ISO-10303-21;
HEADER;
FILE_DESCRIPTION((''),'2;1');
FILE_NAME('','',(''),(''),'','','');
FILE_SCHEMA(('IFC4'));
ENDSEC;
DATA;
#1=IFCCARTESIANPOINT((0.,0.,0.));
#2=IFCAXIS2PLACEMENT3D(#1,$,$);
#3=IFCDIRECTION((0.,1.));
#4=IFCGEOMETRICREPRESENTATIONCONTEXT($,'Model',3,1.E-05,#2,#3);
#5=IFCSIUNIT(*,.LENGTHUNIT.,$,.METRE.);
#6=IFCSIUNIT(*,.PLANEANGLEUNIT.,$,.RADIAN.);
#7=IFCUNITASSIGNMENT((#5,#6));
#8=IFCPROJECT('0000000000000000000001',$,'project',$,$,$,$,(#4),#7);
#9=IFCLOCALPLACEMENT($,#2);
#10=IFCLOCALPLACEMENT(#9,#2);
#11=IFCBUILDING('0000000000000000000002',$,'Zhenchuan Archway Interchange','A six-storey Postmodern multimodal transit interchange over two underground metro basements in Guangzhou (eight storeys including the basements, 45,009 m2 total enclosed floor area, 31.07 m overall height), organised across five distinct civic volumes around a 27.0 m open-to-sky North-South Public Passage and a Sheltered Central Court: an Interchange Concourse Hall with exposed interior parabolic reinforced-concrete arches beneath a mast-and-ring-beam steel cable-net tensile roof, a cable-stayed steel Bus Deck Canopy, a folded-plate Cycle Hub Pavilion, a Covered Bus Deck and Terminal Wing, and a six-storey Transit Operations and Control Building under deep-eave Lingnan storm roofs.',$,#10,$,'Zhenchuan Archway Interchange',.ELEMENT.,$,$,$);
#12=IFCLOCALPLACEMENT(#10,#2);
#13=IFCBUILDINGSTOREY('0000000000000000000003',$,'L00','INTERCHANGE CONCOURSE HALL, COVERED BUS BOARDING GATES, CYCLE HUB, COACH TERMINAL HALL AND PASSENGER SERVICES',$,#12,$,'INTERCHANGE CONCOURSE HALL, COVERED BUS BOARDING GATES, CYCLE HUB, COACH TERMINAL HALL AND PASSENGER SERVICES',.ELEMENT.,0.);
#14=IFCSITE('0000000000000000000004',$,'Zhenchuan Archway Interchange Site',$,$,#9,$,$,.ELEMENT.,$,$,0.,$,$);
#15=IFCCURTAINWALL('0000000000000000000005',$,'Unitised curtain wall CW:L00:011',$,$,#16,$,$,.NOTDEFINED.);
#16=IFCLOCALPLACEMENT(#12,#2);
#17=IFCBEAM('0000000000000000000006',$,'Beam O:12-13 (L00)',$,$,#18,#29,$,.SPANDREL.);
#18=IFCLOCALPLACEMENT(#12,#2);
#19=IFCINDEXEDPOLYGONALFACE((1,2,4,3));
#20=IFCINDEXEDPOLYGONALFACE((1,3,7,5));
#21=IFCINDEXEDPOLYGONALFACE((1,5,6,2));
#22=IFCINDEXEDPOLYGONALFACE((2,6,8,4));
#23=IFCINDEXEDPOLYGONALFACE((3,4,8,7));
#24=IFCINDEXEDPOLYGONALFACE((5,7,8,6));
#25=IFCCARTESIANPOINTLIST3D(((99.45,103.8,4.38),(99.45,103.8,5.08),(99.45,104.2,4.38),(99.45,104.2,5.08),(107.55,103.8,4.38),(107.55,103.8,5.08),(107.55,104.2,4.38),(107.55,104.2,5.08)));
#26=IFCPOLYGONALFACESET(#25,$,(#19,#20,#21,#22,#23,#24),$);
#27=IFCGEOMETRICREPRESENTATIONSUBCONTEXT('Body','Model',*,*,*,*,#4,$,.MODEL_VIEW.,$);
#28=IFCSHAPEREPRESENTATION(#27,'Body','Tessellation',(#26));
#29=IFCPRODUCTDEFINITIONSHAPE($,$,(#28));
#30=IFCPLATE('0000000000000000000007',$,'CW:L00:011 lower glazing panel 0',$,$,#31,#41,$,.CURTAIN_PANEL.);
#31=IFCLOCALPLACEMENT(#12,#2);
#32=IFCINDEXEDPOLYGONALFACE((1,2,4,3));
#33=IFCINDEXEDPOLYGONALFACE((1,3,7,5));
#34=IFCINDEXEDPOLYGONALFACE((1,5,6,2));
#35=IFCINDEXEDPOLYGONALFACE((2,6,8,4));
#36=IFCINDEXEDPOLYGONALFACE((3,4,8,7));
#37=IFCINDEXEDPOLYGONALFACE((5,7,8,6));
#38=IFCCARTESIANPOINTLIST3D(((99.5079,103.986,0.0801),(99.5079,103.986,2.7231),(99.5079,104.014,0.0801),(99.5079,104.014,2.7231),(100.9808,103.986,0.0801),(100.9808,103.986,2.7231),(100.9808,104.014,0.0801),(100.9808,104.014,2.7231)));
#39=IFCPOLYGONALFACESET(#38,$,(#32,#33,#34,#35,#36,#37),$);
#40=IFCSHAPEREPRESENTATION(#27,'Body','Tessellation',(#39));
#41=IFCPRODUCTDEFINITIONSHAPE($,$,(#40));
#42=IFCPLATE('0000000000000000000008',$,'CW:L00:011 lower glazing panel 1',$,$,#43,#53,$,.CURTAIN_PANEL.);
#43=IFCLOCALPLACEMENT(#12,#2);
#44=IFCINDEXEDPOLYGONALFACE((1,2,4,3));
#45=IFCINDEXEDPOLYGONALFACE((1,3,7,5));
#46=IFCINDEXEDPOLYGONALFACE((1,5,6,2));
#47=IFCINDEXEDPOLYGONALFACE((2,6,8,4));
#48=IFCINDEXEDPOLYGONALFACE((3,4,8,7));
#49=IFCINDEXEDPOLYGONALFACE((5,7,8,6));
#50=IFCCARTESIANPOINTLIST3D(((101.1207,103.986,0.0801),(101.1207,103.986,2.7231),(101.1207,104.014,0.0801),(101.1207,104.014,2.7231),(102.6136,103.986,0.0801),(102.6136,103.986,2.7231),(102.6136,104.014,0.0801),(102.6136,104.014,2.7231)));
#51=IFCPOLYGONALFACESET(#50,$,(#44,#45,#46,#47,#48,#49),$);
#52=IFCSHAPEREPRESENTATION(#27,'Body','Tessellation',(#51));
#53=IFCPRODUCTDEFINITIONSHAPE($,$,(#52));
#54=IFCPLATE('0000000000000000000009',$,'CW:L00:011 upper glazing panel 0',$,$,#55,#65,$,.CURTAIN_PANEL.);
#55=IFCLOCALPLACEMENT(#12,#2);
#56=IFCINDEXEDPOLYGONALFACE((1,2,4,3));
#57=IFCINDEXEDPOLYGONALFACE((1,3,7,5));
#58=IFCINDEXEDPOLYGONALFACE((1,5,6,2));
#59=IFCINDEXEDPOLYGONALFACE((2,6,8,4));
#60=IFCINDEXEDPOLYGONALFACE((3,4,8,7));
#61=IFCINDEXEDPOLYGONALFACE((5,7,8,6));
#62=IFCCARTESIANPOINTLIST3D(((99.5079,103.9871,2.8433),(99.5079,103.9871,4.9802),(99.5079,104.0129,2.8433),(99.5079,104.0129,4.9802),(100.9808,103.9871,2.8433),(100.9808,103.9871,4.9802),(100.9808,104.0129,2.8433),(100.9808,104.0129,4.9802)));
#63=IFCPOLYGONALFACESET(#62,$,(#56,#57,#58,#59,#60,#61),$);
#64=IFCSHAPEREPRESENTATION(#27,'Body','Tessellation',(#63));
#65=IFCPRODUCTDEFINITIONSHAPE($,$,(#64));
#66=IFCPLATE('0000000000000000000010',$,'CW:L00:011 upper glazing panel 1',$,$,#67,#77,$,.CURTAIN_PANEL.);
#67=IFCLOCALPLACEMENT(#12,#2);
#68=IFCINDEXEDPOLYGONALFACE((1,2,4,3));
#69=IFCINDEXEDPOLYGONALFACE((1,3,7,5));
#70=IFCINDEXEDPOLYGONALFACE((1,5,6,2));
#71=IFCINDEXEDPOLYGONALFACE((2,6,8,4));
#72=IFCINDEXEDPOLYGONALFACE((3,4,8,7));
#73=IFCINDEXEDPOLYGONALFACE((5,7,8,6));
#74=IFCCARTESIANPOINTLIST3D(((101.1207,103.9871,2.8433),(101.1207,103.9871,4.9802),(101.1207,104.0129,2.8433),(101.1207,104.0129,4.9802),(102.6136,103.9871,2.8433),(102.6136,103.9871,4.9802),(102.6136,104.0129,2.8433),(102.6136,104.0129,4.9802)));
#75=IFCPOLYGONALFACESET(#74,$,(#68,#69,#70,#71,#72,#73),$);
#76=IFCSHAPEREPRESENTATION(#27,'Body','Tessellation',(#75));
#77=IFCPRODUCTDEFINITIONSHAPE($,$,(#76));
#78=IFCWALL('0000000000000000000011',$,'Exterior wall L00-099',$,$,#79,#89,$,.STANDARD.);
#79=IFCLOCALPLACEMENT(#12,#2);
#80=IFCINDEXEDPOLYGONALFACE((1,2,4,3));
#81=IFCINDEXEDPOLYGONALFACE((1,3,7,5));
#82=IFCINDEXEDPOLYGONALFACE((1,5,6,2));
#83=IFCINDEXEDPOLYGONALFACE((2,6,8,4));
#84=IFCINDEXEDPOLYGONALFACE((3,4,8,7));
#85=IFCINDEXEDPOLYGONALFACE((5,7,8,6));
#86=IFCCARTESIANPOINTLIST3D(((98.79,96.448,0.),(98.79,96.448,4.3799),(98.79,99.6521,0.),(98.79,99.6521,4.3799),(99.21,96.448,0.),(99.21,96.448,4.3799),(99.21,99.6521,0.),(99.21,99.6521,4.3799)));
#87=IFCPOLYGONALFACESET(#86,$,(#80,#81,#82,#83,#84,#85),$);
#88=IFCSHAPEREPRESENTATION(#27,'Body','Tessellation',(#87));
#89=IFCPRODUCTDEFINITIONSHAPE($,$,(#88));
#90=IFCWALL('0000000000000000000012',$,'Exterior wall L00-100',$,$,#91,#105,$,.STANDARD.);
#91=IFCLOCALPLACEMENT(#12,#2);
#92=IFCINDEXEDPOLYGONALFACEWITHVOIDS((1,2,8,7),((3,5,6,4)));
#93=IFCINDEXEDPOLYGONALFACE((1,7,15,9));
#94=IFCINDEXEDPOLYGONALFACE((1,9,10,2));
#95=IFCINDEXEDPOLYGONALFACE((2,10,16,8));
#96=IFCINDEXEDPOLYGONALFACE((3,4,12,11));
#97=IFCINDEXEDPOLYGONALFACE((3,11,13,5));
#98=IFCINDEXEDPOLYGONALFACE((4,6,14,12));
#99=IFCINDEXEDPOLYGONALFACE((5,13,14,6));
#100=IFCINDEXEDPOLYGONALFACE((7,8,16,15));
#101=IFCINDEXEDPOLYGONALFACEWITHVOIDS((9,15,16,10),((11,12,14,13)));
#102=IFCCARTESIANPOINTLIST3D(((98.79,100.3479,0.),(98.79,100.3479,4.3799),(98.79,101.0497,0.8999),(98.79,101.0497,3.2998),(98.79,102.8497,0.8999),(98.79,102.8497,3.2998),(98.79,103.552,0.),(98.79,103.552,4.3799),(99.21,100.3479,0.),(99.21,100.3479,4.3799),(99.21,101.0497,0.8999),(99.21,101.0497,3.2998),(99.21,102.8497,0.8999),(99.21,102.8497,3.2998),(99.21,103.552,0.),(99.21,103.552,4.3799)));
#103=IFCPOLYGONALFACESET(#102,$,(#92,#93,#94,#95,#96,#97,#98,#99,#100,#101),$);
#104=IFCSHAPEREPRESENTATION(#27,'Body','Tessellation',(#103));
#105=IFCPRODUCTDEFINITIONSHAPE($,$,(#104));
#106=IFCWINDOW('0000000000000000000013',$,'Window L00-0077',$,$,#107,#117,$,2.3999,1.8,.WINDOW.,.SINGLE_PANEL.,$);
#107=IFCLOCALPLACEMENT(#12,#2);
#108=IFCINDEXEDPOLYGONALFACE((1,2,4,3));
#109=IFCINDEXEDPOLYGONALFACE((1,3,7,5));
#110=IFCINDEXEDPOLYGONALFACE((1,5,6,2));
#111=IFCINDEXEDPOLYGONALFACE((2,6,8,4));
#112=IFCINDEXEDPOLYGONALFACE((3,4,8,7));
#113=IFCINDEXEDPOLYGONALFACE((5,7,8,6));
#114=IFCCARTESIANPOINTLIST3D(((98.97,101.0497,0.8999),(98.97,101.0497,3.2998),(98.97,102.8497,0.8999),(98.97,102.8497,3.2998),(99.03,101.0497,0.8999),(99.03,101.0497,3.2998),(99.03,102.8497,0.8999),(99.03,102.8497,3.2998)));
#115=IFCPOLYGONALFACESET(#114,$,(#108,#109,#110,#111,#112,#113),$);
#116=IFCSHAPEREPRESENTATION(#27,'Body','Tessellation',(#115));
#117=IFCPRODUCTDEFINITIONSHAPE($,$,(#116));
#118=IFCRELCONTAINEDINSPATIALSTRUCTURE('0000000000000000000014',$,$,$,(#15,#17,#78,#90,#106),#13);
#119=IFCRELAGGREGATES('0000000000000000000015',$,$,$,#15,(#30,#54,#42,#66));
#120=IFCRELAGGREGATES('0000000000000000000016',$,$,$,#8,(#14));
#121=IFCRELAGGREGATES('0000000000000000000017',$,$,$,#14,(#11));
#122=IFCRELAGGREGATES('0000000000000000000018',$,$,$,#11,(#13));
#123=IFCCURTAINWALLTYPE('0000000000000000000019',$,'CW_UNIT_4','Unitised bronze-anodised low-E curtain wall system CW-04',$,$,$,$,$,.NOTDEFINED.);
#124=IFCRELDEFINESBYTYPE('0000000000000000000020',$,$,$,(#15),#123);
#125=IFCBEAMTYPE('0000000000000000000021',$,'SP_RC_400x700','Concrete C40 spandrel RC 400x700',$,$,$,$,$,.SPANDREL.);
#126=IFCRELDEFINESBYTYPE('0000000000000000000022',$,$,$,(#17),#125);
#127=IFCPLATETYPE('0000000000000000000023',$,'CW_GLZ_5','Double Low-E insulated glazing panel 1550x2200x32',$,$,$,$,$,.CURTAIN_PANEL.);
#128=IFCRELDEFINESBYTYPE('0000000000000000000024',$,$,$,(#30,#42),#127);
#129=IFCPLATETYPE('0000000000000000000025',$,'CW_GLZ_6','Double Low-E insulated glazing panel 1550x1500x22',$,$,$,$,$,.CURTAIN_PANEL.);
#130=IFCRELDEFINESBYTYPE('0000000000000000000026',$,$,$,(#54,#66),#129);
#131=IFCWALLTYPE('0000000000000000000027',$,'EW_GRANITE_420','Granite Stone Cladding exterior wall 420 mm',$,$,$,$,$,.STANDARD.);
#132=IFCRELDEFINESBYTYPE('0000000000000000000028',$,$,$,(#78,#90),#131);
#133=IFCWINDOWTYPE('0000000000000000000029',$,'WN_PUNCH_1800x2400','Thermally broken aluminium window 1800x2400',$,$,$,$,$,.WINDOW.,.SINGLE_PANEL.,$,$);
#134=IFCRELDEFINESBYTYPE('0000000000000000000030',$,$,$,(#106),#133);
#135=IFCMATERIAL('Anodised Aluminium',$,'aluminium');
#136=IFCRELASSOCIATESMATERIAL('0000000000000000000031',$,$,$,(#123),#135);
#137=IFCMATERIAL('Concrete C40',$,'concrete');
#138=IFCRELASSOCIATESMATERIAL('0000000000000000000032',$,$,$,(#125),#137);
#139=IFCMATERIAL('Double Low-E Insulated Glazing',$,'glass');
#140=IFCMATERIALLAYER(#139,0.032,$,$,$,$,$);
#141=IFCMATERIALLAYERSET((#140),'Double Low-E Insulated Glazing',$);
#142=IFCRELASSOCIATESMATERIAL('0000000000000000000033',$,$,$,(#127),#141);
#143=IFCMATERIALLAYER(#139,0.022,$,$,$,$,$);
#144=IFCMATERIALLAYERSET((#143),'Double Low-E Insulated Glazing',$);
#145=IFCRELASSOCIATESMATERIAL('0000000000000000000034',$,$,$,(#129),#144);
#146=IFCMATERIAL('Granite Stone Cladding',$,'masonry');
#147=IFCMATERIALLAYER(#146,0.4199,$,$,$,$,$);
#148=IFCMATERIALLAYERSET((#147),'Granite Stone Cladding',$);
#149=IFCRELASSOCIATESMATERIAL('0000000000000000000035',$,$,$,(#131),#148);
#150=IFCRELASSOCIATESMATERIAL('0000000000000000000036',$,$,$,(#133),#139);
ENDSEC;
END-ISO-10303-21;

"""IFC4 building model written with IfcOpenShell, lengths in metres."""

from ifc_helpers import new_model, si_unit, direction, frame, frame_2d, origin, origin_2d, place, context, subcontext, project, spatial, rectangle, extrude, material, layer, layer_set, material_profile, profile_set, type_object, element, fill, aggregate, save


model = new_model("IFC4")

# Units and contexts
model_context = context("Model", 3, precision=1e-05, world=origin(), true_north=direction((0.0, 1.0)))
body_context = subcontext(model_context, "Body", "Model", "MODEL_VIEW")
ifc_project = project(units=[si_unit("LENGTHUNIT", "METRE"), si_unit("PLANEANGLEUNIT", "RADIAN")], contexts=[model_context])

# Site, building, storey
site_placement = place(None, origin())
site = spatial("IfcSite", under=ifc_project, at=site_placement, Name="Zhenchuan Archway Interchange Site", CompositionType="ELEMENT", RefElevation=0.0)
building_placement = place(site_placement, origin())
building = spatial("IfcBuilding", under=site, at=building_placement, Name="Zhenchuan Archway Interchange", Description="A six-storey Postmodern multimodal transit interchange over two underground metro basements in Guangzhou (eight storeys including the basements, 45,009 m2 total enclosed floor area, 31.07 m overall height), organised across five distinct civic volumes around a 27.0 m open-to-sky North-South Public Passage and a Sheltered Central Court: an Interchange Concourse Hall with exposed interior parabolic reinforced-concrete arches beneath a mast-and-ring-beam steel cable-net tensile roof, a cable-stayed steel Bus Deck Canopy, a folded-plate Cycle Hub Pavilion, a Covered Bus Deck and Terminal Wing, and a six-storey Transit Operations and Control Building under deep-eave Lingnan storm roofs.", LongName="Zhenchuan Archway Interchange", CompositionType="ELEMENT")
storey_placement = place(building_placement, origin())
storey = spatial("IfcBuildingStorey", under=building, at=storey_placement, Name="L00", Description="INTERCHANGE CONCOURSE HALL, COVERED BUS BOARDING GATES, CYCLE HUB, COACH TERMINAL HALL AND PASSENGER SERVICES", LongName="INTERCHANGE CONCOURSE HALL, COVERED BUS BOARDING GATES, CYCLE HUB, COACH TERMINAL HALL AND PASSENGER SERVICES", CompositionType="ELEMENT", Elevation=0.0)

# Shared definitions
ifc_material_1 = material(Name="Concrete C40", Category="concrete")

# Curtain wall
ifc_material_2 = material(Name="Anodised Aluminium", Category="aluminium")
curtain_wall_type = type_object("IfcCurtainWallType", Name="CW_UNIT_4", Description="Unitised bronze-anodised low-E curtain wall system CW-04", PredefinedType="NOTDEFINED", material=ifc_material_2)
curtain_wall_placement = place(storey_placement, origin())
curtain_wall = element("IfcCurtainWall", 1, at=curtain_wall_placement, inside=storey, type_object=curtain_wall_type, Name="Unitised curtain wall CW:L00:011", PredefinedType="NOTDEFINED")

# Beam
ifc_material_profile_1 = material_profile(ifc_material_1, rectangle(XDim=0.3999, YDim=0.7, at=origin_2d()), Name="RC 400x700")
ifc_profile_set_1 = profile_set([ifc_material_profile_1], Name="Concrete C40")
beam_type_1 = type_object("IfcBeamType", Name="SP_RC_400x700", Description="Concrete C40 spandrel RC 400x700", PredefinedType="SPANDREL", material=ifc_profile_set_1)
beam_1_placement = place(storey_placement, frame((99.45, 104.0, 4.73), z_axis=(1.0, 0.0, 0.0), x_axis=(0.0, 1.0, 0.0)))
element("IfcBeam", 2, at=beam_1_placement, inside=storey, type_object=beam_type_1, Name="Beam O:12-13 (L00)", PredefinedType="SPANDREL", context=body_context, shape_type="SweptSolid", body=[
    extrude(rectangle(XDim=0.3999, YDim=0.7, at=origin_2d()), origin(), (0.0, 0.0, 1.0), 8.1001),
])

# Plates
ifc_material_3 = material(Name="Double Low-E Insulated Glazing", Category="glass")
ifc_layer_1 = layer(ifc_material_3, 0.032)
ifc_layer_set_1 = layer_set([ifc_layer_1], Name="Double Low-E Insulated Glazing")
plate_type_1 = type_object("IfcPlateType", Name="CW_GLZ_5", Description="Double Low-E insulated glazing panel 1550x2200x32", PredefinedType="CURTAIN_PANEL", material=ifc_layer_set_1)
plate_1_placement = place(storey_placement, frame((100.2444, 104.0, 0.0801), z_axis=(0.0, 0.0, 1.0), x_axis=(1.0, 0.0, 0.0)))
plate_1 = element("IfcPlate", 3, at=plate_1_placement, type_object=plate_type_1, Name="CW:L00:011 lower glazing panel 0", PredefinedType="CURTAIN_PANEL", context=body_context, shape_type="SweptSolid", body=[
    extrude(rectangle(XDim=1.4729, YDim=0.0281, at=origin_2d()), origin(), (0.0, 0.0, 1.0), 2.6431),
])
plate_2_placement = place(storey_placement, frame((101.8672, 104.0, 0.0801), z_axis=(0.0, 0.0, 1.0), x_axis=(1.0, 0.0, 0.0)))
plate_2 = element("IfcPlate", 4, at=plate_2_placement, type_object=plate_type_1, Name="CW:L00:011 lower glazing panel 1", PredefinedType="CURTAIN_PANEL", context=body_context, shape_type="SweptSolid", body=[
    extrude(rectangle(XDim=1.4929, YDim=0.0281, at=origin_2d()), origin(), (0.0, 0.0, 1.0), 2.6431),
])
ifc_layer_2 = layer(ifc_material_3, 0.022)
ifc_layer_set_2 = layer_set([ifc_layer_2], Name="Double Low-E Insulated Glazing")
plate_type_2 = type_object("IfcPlateType", Name="CW_GLZ_6", Description="Double Low-E insulated glazing panel 1550x1500x22", PredefinedType="CURTAIN_PANEL", material=ifc_layer_set_2)
plate_3_placement = place(storey_placement, frame((100.2444, 104.0, 2.8433), z_axis=(0.0, 0.0, 1.0), x_axis=(1.0, 0.0, 0.0)))
plate_3 = element("IfcPlate", 5, at=plate_3_placement, type_object=plate_type_2, Name="CW:L00:011 upper glazing panel 0", PredefinedType="CURTAIN_PANEL", context=body_context, shape_type="SweptSolid", body=[
    extrude(rectangle(XDim=1.4729, YDim=0.0259, at=origin_2d()), origin(), (0.0, 0.0, 1.0), 2.137),
])
plate_4_placement = place(storey_placement, frame((101.8672, 104.0, 2.8433), z_axis=(0.0, 0.0, 1.0), x_axis=(1.0, 0.0, 0.0)))
plate_4 = element("IfcPlate", 6, at=plate_4_placement, type_object=plate_type_2, Name="CW:L00:011 upper glazing panel 1", PredefinedType="CURTAIN_PANEL", context=body_context, shape_type="SweptSolid", body=[
    extrude(rectangle(XDim=1.4929, YDim=0.0259, at=origin_2d()), origin(), (0.0, 0.0, 1.0), 2.137),
])
aggregate(curtain_wall, [plate_1, plate_3, plate_2, plate_4])

# Wall
ifc_material_4 = material(Name="Granite Stone Cladding", Category="masonry")
ifc_layer_3 = layer(ifc_material_4, 0.4199)
ifc_layer_set_3 = layer_set([ifc_layer_3], Name="Granite Stone Cladding")
wall_type = type_object("IfcWallType", Name="EW_GRANITE_420", Description="Granite Stone Cladding exterior wall 420 mm", PredefinedType="STANDARD", material=ifc_layer_set_3)
wall_1_placement = place(storey_placement, frame((99.0, 96.448, 0.0), z_axis=(0.0, 0.0, 1.0), x_axis=(0.0, 1.0, 0.0)))
element("IfcWall", 7, at=wall_1_placement, inside=storey, type_object=wall_type, Name="Exterior wall L00-099", PredefinedType="STANDARD", context=body_context, shape_type="SweptSolid", body=[
    extrude(rectangle(XDim=3.2041, YDim=0.4199, at=frame_2d((1.6021, 0.0))), origin(), (0.0, 0.0, 1.0), 4.3799),
])

# Wall, opening, window
wall_2_placement = place(storey_placement, frame((99.0, 100.3479, 0.0), z_axis=(0.0, 0.0, 1.0), x_axis=(0.0, 1.0, 0.0)))
wall_2 = element("IfcWall", 8, at=wall_2_placement, inside=storey, type_object=wall_type, Name="Exterior wall L00-100", PredefinedType="STANDARD", context=body_context, shape_type="SweptSolid", body=[
    extrude(rectangle(XDim=3.2041, YDim=0.4199, at=frame_2d((1.6021, 0.0))), origin(), (0.0, 0.0, 1.0), 4.3799),
])
opening_placement = place(wall_2_placement, frame((0.7019, 0.0, 0.8999)))
opening = element("IfcOpeningElement", 9, at=opening_placement, cuts=wall_2, PredefinedType="OPENING", context=body_context, shape_type="SweptSolid", body=[
    extrude(rectangle(XDim=1.8, YDim=2.3999, at=frame_2d((0.8999, 1.2))), frame((0.0, 0.2219, 0.0), z_axis=(0.0, -1.0, 0.0), x_axis=(1.0, 0.0, 0.0)), (0.0, 0.0, 1.0), 0.4438),
])
window_type = type_object("IfcWindowType", Name="WN_PUNCH_1800x2400", Description="Thermally broken aluminium window 1800x2400", PartitioningType="SINGLE_PANEL", PredefinedType="WINDOW", material=ifc_material_3)
window_placement = place(opening_placement, origin())
window = element("IfcWindow", 10, at=window_placement, inside=storey, type_object=window_type, Name="Window L00-0077", OverallHeight=2.3999, OverallWidth=1.8, PartitioningType="SINGLE_PANEL", PredefinedType="WINDOW", context=body_context, shape_type="SweptSolid", body=[
    extrude(rectangle(XDim=1.8, YDim=2.3999, at=frame_2d((0.8999, 1.2))), frame((0.0, 0.03, 0.0), z_axis=(0.0, -1.0, 0.0), x_axis=(1.0, 0.0, 0.0)), (0.0, 0.0, 1.0), 0.0601),
])
fill(opening, window)

save(model, "model.ifc")
